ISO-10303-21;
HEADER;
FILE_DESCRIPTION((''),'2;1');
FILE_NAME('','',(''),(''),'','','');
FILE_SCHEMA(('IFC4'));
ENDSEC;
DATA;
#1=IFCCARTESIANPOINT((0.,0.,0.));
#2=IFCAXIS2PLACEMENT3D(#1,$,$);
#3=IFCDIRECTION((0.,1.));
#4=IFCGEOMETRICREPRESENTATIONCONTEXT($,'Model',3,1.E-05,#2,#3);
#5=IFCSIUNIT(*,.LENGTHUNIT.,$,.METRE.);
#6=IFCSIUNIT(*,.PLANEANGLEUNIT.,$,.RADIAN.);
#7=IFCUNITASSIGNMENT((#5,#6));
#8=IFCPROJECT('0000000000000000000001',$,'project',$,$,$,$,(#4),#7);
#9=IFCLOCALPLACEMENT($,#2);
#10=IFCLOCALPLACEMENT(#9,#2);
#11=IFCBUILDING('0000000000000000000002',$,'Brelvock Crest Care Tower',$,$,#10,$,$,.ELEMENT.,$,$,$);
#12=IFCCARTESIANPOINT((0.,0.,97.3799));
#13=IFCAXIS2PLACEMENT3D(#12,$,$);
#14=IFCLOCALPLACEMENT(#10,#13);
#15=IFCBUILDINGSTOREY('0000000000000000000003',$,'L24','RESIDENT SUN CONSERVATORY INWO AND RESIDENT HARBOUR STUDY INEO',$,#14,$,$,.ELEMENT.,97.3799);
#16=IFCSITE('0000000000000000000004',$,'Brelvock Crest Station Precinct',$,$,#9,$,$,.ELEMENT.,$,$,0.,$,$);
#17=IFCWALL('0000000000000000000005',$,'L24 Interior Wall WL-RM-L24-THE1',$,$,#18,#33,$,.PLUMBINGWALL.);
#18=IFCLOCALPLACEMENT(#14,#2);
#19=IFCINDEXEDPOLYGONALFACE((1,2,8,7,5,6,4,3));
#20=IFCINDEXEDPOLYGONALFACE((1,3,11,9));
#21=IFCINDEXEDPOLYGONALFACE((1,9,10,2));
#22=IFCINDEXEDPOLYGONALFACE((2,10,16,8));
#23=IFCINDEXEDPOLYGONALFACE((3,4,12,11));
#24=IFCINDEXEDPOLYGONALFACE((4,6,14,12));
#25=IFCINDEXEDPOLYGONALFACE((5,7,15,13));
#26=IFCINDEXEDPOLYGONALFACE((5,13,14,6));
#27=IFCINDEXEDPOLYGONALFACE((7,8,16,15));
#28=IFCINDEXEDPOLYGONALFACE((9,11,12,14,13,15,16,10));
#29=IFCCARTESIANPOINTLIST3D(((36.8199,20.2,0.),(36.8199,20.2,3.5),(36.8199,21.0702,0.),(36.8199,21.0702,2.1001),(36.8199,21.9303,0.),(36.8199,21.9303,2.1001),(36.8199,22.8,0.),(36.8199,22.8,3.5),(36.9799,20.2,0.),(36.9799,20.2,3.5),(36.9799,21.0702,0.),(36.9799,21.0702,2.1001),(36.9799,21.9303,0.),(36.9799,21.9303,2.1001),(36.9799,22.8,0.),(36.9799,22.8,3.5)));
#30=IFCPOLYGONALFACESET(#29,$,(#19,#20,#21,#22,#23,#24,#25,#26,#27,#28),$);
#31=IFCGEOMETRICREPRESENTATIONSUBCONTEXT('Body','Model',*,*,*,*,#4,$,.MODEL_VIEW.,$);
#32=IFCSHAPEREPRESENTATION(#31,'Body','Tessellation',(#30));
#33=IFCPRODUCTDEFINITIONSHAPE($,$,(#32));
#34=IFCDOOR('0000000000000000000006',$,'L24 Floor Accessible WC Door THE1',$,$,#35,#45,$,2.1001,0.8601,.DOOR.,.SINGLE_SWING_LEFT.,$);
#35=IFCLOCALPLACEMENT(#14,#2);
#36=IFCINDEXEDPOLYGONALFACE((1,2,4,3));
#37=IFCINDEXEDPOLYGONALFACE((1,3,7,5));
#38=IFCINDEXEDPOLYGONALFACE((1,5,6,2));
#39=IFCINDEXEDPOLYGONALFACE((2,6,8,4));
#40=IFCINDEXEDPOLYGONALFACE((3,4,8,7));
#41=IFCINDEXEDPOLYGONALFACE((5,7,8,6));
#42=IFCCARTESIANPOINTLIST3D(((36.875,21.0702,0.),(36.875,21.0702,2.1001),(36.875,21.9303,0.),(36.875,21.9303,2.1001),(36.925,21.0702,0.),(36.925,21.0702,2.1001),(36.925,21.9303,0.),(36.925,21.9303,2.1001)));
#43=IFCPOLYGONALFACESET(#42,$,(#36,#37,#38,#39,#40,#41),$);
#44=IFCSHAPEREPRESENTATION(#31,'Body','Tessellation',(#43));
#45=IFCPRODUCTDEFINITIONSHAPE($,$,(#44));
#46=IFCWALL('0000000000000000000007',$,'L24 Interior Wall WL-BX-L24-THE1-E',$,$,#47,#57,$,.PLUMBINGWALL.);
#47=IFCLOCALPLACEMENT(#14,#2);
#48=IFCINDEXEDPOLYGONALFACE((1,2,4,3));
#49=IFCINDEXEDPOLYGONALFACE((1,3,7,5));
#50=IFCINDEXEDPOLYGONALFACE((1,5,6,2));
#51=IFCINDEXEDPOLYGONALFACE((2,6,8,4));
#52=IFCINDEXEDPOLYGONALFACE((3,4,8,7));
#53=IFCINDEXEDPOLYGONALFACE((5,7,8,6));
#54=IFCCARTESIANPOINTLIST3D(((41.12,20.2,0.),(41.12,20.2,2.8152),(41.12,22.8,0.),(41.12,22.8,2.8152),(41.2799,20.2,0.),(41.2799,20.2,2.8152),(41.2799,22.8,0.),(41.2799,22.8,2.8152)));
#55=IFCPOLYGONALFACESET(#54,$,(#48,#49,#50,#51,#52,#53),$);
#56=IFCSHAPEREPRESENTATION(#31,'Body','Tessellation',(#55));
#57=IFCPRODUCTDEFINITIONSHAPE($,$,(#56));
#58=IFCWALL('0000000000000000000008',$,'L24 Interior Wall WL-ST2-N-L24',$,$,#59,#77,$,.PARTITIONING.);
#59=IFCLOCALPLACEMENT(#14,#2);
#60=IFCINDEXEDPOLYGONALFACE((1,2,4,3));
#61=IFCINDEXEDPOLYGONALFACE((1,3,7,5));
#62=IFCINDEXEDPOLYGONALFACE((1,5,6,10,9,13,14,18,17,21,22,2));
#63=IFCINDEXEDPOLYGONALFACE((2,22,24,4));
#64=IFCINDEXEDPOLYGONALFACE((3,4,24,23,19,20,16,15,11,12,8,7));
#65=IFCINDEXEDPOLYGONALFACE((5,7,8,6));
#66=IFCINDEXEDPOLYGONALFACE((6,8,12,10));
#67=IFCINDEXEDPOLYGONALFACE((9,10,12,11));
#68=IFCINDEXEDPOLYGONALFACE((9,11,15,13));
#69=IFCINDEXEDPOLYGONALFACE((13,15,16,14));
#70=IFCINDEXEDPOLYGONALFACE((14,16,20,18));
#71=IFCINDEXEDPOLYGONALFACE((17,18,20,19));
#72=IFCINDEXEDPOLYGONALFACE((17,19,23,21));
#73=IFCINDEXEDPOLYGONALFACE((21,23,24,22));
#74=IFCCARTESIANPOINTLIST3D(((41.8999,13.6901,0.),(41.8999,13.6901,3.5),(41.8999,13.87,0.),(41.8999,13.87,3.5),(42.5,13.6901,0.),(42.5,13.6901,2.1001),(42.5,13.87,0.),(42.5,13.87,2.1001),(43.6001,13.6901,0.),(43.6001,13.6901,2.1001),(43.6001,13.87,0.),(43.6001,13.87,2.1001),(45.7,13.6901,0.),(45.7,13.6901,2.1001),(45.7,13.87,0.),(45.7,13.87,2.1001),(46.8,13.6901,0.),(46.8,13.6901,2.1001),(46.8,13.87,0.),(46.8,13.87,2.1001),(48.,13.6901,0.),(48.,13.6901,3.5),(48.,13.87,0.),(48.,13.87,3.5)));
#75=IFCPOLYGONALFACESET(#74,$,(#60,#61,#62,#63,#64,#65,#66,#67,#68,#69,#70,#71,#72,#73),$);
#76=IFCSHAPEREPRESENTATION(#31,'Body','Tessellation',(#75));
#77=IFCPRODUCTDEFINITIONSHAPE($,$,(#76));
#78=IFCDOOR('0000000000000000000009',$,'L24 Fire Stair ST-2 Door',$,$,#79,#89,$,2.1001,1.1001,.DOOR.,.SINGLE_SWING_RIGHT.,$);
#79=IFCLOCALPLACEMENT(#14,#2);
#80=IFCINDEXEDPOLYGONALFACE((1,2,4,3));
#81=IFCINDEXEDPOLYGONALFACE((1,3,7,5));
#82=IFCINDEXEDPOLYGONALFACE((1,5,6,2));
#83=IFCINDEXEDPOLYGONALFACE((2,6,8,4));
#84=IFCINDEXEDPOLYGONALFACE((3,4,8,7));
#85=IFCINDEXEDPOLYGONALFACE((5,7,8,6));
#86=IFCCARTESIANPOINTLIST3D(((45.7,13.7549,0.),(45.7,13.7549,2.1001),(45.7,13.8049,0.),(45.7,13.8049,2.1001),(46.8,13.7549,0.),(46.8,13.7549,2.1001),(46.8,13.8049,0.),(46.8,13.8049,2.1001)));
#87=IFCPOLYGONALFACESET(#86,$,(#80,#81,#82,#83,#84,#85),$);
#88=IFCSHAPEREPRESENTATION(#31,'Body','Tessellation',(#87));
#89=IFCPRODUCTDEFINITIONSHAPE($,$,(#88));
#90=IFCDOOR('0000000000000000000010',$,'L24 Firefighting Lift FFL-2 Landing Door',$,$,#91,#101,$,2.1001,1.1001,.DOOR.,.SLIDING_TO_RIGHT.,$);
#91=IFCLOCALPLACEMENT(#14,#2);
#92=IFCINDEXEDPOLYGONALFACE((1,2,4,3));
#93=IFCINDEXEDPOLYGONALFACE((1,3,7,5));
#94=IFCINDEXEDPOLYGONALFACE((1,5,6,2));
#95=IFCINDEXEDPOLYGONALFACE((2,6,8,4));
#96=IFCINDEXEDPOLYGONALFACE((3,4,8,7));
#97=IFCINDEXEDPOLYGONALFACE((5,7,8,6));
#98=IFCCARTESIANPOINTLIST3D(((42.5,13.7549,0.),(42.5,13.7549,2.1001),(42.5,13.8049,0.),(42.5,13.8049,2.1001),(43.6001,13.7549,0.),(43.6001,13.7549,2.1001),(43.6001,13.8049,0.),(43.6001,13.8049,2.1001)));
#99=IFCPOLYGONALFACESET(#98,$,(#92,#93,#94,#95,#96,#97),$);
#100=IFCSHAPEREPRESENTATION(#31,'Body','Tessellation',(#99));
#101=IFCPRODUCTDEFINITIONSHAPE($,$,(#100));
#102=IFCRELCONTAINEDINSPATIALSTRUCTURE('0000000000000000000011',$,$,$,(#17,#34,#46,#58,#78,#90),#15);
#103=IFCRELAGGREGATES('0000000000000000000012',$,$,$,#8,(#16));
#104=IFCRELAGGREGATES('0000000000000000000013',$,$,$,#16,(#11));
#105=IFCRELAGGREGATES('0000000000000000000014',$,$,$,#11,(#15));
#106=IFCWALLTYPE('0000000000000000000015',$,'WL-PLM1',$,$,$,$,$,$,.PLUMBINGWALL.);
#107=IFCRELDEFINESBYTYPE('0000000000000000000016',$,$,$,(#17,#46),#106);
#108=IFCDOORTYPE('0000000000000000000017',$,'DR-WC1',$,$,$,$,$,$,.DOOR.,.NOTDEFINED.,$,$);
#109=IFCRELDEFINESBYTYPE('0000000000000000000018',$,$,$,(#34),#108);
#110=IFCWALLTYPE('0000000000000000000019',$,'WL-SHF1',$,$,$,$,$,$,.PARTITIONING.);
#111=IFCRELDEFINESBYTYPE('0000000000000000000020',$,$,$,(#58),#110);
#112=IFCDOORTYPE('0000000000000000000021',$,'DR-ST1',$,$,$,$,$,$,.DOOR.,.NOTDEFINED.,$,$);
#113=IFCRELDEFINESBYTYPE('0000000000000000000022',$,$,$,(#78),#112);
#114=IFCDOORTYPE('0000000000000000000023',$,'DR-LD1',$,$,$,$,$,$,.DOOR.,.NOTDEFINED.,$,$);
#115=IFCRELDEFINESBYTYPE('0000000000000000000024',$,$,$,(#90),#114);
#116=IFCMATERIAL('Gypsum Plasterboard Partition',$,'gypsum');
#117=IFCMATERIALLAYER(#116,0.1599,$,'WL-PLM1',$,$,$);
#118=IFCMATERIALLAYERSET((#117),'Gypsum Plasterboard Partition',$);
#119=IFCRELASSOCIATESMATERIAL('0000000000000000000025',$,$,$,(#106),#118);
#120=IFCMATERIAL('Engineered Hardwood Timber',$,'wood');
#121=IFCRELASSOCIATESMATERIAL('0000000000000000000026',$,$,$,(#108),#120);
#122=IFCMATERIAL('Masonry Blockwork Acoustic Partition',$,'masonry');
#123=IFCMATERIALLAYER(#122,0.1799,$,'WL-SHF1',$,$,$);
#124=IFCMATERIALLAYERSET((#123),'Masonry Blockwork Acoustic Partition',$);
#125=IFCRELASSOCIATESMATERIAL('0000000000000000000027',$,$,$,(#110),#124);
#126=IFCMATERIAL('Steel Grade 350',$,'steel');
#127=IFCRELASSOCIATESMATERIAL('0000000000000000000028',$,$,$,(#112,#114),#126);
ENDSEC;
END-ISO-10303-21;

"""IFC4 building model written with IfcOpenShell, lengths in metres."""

from ifc_helpers import new_model, si_unit, direction, frame, frame_2d, origin, origin_2d, place, context, subcontext, project, spatial, rectangle, extrude, source, transform, mapped, material, layer, layer_set, type_object, element, fill, save


model = new_model("IFC4")

# Units and contexts
model_context = context("Model", 3, precision=1e-05, world=origin(), true_north=direction((0.0, 1.0)))
body_context = subcontext(model_context, "Body", "Model", "MODEL_VIEW")
ifc_project = project(units=[si_unit("LENGTHUNIT", "METRE"), si_unit("PLANEANGLEUNIT", "RADIAN")], contexts=[model_context])

# Site, building, storey
site_placement = place(None, origin())
site = spatial("IfcSite", under=ifc_project, at=site_placement, Name="Brelvock Crest Station Precinct", CompositionType="ELEMENT", RefElevation=0.0)
building_placement = place(site_placement, origin())
building = spatial("IfcBuilding", under=site, at=building_placement, Name="Brelvock Crest Care Tower", CompositionType="ELEMENT")
storey_placement = place(building_placement, frame((0.0, 0.0, 97.3799)))
storey = spatial("IfcBuildingStorey", under=building, at=storey_placement, Name="L24", Description="RESIDENT SUN CONSERVATORY INWO AND RESIDENT HARBOUR STUDY INEO", CompositionType="ELEMENT", Elevation=97.3799)

# Shared definitions
ifc_material_1 = material(Name="Steel Grade 350", Category="steel")

# Shared definitions
ifc_material_2 = material(Name="Masonry Blockwork Acoustic Partition", Category="masonry")

# Shared definitions
ifc_material_3 = material(Name="Engineered Hardwood Timber", Category="wood")

# Shared definitions
ifc_material_4 = material(Name="Gypsum Plasterboard Partition", Category="gypsum")
ifc_layer_1 = layer(ifc_material_4, 0.1599, Name="WL-PLM1")
ifc_layer_set_1 = layer_set([ifc_layer_1], Name="Gypsum Plasterboard Partition")
wall_type_1 = type_object("IfcWallType", Name="WL-PLM1", PredefinedType="PLUMBINGWALL", material=ifc_layer_set_1)

# Wall, opening, door
wall_1_placement = place(storey_placement, frame((36.8999, 20.2, 0.0), z_axis=(0.0, 0.0, 1.0), x_axis=(0.0, 1.0, 0.0)))
wall_1 = element("IfcWall", 1, at=wall_1_placement, inside=storey, type_object=wall_type_1, Name="L24 Interior Wall WL-RM-L24-THE1", PredefinedType="PLUMBINGWALL", context=body_context, shape_type="SweptSolid", body=[
    extrude(rectangle(XDim=2.6001, YDim=0.1599, at=frame_2d((1.3, 0.0))), origin(), (0.0, 0.0, 1.0), 3.5),
])
opening_1_placement = place(wall_1_placement, frame((0.8701, 0.0, 0.0)))
opening_1 = element("IfcOpeningElement", 2, at=opening_1_placement, cuts=wall_1, PredefinedType="OPENING", context=body_context, shape_type="SweptSolid", body=[
    extrude(rectangle(XDim=0.8601, YDim=2.1001, at=origin_2d()), frame((0.4302, 0.0898, 1.05), z_axis=(0.0, -1.0, 0.0), x_axis=(1.0, 0.0, 0.0)), (0.0, 0.0, 1.0), 0.1799),
])
door_type_1 = type_object("IfcDoorType", Name="DR-WC1", OperationType="NOTDEFINED", PredefinedType="DOOR", material=ifc_material_3)
shared_shape_1 = source(origin(), body_context, "Body", "SweptSolid", [
    extrude(rectangle(XDim=0.8601, YDim=2.1001, at=origin_2d()), frame((0.4302, 0.0249, 1.05), z_axis=(0.0, -1.0, 0.0), x_axis=(1.0, 0.0, 0.0)), (0.0, 0.0, 1.0), 0.05),
])
door_1_placement = place(opening_1_placement, origin())
door_1 = element("IfcDoor", 3, at=door_1_placement, inside=storey, type_object=door_type_1, Name="L24 Floor Accessible WC Door THE1", OperationType="SINGLE_SWING_LEFT", OverallHeight=2.1001, OverallWidth=0.8601, PredefinedType="DOOR", context=body_context, shape_type="MappedRepresentation", body=[
    mapped(shared_shape_1, transform((0.0, 0.0, 0.0), x_axis=(1.0, 0.0, 0.0), y_axis=(0.0, 1.0, 0.0), z_axis=(0.0, 0.0, 1.0), scale=1.0)),
])
fill(opening_1, door_1)

# Wall
wall_2_placement = place(storey_placement, frame((41.2, 20.2, 0.0), z_axis=(0.0, 0.0, 1.0), x_axis=(0.0, 1.0, 0.0)))
element("IfcWall", 4, at=wall_2_placement, inside=storey, type_object=wall_type_1, Name="L24 Interior Wall WL-BX-L24-THE1-E", PredefinedType="PLUMBINGWALL", context=body_context, shape_type="SweptSolid", body=[
    extrude(rectangle(XDim=2.6001, YDim=0.1599, at=frame_2d((1.3, 0.0))), origin(), (0.0, 0.0, 1.0), 2.8152),
])

# Wall, openings, doors
ifc_layer_2 = layer(ifc_material_2, 0.1799, Name="WL-SHF1")
ifc_layer_set_2 = layer_set([ifc_layer_2], Name="Masonry Blockwork Acoustic Partition")
wall_type_2 = type_object("IfcWallType", Name="WL-SHF1", PredefinedType="PARTITIONING", material=ifc_layer_set_2)
wall_3_placement = place(storey_placement, frame((41.8999, 13.78, 0.0), z_axis=(0.0, 0.0, 1.0), x_axis=(1.0, 0.0, 0.0)))
wall_3 = element("IfcWall", 5, at=wall_3_placement, inside=storey, type_object=wall_type_2, Name="L24 Interior Wall WL-ST2-N-L24", PredefinedType="PARTITIONING", context=body_context, shape_type="SweptSolid", body=[
    extrude(rectangle(XDim=6.1001, YDim=0.1799, at=frame_2d((3.05, 0.0))), origin(), (0.0, 0.0, 1.0), 3.5),
])
opening_2_placement = place(wall_3_placement, frame((0.6001, 0.0, 0.0)))
opening_2 = element("IfcOpeningElement", 6, at=opening_2_placement, cuts=wall_3, PredefinedType="OPENING", context=body_context, shape_type="SweptSolid", body=[
    extrude(rectangle(XDim=1.1001, YDim=2.1001, at=origin_2d()), frame((0.55, 0.1001, 1.05), z_axis=(0.0, -1.0, 0.0), x_axis=(1.0, 0.0, 0.0)), (0.0, 0.0, 1.0), 0.2),
])
opening_3_placement = place(wall_3_placement, frame((3.8, 0.0, 0.0)))
opening_3 = element("IfcOpeningElement", 7, at=opening_3_placement, cuts=wall_3, PredefinedType="OPENING", context=body_context, shape_type="SweptSolid", body=[
    extrude(rectangle(XDim=1.1001, YDim=2.1001, at=origin_2d()), frame((0.55, 0.1001, 1.05), z_axis=(0.0, -1.0, 0.0), x_axis=(1.0, 0.0, 0.0)), (0.0, 0.0, 1.0), 0.2),
])
door_type_2 = type_object("IfcDoorType", Name="DR-ST1", OperationType="NOTDEFINED", PredefinedType="DOOR", material=ifc_material_1)
shared_shape_2 = source(origin(), body_context, "Body", "SweptSolid", [
    extrude(rectangle(XDim=1.1001, YDim=2.1001, at=origin_2d()), frame((0.55, 0.0249, 1.05), z_axis=(0.0, -1.0, 0.0), x_axis=(1.0, 0.0, 0.0)), (0.0, 0.0, 1.0), 0.05),
])
door_2_placement = place(opening_3_placement, origin())
door_2 = element("IfcDoor", 8, at=door_2_placement, inside=storey, type_object=door_type_2, Name="L24 Fire Stair ST-2 Door", OperationType="SINGLE_SWING_RIGHT", OverallHeight=2.1001, OverallWidth=1.1001, PredefinedType="DOOR", context=body_context, shape_type="MappedRepresentation", body=[
    mapped(shared_shape_2, transform((0.0, 0.0, 0.0), x_axis=(1.0, 0.0, 0.0), y_axis=(0.0, 1.0, 0.0), z_axis=(0.0, 0.0, 1.0), scale=1.0)),
])
fill(opening_3, door_2)
door_type_3 = type_object("IfcDoorType", Name="DR-LD1", OperationType="NOTDEFINED", PredefinedType="DOOR", material=ifc_material_1)
shared_shape_3 = source(origin(), body_context, "Body", "SweptSolid", [
    extrude(rectangle(XDim=1.1001, YDim=2.1001, at=origin_2d()), frame((0.55, 0.0249, 1.05), z_axis=(0.0, -1.0, 0.0), x_axis=(1.0, 0.0, 0.0)), (0.0, 0.0, 1.0), 0.05),
])
door_3_placement = place(opening_2_placement, origin())
door_3 = element("IfcDoor", 9, at=door_3_placement, inside=storey, type_object=door_type_3, Name="L24 Firefighting Lift FFL-2 Landing Door", OperationType="SLIDING_TO_RIGHT", OverallHeight=2.1001, OverallWidth=1.1001, PredefinedType="DOOR", context=body_context, shape_type="MappedRepresentation", body=[
    mapped(shared_shape_3, transform((0.0, 0.0, 0.0), x_axis=(1.0, 0.0, 0.0), y_axis=(0.0, 1.0, 0.0), z_axis=(0.0, 0.0, 1.0), scale=1.0)),
])
fill(opening_2, door_3)

save(model, "model.ifc")
